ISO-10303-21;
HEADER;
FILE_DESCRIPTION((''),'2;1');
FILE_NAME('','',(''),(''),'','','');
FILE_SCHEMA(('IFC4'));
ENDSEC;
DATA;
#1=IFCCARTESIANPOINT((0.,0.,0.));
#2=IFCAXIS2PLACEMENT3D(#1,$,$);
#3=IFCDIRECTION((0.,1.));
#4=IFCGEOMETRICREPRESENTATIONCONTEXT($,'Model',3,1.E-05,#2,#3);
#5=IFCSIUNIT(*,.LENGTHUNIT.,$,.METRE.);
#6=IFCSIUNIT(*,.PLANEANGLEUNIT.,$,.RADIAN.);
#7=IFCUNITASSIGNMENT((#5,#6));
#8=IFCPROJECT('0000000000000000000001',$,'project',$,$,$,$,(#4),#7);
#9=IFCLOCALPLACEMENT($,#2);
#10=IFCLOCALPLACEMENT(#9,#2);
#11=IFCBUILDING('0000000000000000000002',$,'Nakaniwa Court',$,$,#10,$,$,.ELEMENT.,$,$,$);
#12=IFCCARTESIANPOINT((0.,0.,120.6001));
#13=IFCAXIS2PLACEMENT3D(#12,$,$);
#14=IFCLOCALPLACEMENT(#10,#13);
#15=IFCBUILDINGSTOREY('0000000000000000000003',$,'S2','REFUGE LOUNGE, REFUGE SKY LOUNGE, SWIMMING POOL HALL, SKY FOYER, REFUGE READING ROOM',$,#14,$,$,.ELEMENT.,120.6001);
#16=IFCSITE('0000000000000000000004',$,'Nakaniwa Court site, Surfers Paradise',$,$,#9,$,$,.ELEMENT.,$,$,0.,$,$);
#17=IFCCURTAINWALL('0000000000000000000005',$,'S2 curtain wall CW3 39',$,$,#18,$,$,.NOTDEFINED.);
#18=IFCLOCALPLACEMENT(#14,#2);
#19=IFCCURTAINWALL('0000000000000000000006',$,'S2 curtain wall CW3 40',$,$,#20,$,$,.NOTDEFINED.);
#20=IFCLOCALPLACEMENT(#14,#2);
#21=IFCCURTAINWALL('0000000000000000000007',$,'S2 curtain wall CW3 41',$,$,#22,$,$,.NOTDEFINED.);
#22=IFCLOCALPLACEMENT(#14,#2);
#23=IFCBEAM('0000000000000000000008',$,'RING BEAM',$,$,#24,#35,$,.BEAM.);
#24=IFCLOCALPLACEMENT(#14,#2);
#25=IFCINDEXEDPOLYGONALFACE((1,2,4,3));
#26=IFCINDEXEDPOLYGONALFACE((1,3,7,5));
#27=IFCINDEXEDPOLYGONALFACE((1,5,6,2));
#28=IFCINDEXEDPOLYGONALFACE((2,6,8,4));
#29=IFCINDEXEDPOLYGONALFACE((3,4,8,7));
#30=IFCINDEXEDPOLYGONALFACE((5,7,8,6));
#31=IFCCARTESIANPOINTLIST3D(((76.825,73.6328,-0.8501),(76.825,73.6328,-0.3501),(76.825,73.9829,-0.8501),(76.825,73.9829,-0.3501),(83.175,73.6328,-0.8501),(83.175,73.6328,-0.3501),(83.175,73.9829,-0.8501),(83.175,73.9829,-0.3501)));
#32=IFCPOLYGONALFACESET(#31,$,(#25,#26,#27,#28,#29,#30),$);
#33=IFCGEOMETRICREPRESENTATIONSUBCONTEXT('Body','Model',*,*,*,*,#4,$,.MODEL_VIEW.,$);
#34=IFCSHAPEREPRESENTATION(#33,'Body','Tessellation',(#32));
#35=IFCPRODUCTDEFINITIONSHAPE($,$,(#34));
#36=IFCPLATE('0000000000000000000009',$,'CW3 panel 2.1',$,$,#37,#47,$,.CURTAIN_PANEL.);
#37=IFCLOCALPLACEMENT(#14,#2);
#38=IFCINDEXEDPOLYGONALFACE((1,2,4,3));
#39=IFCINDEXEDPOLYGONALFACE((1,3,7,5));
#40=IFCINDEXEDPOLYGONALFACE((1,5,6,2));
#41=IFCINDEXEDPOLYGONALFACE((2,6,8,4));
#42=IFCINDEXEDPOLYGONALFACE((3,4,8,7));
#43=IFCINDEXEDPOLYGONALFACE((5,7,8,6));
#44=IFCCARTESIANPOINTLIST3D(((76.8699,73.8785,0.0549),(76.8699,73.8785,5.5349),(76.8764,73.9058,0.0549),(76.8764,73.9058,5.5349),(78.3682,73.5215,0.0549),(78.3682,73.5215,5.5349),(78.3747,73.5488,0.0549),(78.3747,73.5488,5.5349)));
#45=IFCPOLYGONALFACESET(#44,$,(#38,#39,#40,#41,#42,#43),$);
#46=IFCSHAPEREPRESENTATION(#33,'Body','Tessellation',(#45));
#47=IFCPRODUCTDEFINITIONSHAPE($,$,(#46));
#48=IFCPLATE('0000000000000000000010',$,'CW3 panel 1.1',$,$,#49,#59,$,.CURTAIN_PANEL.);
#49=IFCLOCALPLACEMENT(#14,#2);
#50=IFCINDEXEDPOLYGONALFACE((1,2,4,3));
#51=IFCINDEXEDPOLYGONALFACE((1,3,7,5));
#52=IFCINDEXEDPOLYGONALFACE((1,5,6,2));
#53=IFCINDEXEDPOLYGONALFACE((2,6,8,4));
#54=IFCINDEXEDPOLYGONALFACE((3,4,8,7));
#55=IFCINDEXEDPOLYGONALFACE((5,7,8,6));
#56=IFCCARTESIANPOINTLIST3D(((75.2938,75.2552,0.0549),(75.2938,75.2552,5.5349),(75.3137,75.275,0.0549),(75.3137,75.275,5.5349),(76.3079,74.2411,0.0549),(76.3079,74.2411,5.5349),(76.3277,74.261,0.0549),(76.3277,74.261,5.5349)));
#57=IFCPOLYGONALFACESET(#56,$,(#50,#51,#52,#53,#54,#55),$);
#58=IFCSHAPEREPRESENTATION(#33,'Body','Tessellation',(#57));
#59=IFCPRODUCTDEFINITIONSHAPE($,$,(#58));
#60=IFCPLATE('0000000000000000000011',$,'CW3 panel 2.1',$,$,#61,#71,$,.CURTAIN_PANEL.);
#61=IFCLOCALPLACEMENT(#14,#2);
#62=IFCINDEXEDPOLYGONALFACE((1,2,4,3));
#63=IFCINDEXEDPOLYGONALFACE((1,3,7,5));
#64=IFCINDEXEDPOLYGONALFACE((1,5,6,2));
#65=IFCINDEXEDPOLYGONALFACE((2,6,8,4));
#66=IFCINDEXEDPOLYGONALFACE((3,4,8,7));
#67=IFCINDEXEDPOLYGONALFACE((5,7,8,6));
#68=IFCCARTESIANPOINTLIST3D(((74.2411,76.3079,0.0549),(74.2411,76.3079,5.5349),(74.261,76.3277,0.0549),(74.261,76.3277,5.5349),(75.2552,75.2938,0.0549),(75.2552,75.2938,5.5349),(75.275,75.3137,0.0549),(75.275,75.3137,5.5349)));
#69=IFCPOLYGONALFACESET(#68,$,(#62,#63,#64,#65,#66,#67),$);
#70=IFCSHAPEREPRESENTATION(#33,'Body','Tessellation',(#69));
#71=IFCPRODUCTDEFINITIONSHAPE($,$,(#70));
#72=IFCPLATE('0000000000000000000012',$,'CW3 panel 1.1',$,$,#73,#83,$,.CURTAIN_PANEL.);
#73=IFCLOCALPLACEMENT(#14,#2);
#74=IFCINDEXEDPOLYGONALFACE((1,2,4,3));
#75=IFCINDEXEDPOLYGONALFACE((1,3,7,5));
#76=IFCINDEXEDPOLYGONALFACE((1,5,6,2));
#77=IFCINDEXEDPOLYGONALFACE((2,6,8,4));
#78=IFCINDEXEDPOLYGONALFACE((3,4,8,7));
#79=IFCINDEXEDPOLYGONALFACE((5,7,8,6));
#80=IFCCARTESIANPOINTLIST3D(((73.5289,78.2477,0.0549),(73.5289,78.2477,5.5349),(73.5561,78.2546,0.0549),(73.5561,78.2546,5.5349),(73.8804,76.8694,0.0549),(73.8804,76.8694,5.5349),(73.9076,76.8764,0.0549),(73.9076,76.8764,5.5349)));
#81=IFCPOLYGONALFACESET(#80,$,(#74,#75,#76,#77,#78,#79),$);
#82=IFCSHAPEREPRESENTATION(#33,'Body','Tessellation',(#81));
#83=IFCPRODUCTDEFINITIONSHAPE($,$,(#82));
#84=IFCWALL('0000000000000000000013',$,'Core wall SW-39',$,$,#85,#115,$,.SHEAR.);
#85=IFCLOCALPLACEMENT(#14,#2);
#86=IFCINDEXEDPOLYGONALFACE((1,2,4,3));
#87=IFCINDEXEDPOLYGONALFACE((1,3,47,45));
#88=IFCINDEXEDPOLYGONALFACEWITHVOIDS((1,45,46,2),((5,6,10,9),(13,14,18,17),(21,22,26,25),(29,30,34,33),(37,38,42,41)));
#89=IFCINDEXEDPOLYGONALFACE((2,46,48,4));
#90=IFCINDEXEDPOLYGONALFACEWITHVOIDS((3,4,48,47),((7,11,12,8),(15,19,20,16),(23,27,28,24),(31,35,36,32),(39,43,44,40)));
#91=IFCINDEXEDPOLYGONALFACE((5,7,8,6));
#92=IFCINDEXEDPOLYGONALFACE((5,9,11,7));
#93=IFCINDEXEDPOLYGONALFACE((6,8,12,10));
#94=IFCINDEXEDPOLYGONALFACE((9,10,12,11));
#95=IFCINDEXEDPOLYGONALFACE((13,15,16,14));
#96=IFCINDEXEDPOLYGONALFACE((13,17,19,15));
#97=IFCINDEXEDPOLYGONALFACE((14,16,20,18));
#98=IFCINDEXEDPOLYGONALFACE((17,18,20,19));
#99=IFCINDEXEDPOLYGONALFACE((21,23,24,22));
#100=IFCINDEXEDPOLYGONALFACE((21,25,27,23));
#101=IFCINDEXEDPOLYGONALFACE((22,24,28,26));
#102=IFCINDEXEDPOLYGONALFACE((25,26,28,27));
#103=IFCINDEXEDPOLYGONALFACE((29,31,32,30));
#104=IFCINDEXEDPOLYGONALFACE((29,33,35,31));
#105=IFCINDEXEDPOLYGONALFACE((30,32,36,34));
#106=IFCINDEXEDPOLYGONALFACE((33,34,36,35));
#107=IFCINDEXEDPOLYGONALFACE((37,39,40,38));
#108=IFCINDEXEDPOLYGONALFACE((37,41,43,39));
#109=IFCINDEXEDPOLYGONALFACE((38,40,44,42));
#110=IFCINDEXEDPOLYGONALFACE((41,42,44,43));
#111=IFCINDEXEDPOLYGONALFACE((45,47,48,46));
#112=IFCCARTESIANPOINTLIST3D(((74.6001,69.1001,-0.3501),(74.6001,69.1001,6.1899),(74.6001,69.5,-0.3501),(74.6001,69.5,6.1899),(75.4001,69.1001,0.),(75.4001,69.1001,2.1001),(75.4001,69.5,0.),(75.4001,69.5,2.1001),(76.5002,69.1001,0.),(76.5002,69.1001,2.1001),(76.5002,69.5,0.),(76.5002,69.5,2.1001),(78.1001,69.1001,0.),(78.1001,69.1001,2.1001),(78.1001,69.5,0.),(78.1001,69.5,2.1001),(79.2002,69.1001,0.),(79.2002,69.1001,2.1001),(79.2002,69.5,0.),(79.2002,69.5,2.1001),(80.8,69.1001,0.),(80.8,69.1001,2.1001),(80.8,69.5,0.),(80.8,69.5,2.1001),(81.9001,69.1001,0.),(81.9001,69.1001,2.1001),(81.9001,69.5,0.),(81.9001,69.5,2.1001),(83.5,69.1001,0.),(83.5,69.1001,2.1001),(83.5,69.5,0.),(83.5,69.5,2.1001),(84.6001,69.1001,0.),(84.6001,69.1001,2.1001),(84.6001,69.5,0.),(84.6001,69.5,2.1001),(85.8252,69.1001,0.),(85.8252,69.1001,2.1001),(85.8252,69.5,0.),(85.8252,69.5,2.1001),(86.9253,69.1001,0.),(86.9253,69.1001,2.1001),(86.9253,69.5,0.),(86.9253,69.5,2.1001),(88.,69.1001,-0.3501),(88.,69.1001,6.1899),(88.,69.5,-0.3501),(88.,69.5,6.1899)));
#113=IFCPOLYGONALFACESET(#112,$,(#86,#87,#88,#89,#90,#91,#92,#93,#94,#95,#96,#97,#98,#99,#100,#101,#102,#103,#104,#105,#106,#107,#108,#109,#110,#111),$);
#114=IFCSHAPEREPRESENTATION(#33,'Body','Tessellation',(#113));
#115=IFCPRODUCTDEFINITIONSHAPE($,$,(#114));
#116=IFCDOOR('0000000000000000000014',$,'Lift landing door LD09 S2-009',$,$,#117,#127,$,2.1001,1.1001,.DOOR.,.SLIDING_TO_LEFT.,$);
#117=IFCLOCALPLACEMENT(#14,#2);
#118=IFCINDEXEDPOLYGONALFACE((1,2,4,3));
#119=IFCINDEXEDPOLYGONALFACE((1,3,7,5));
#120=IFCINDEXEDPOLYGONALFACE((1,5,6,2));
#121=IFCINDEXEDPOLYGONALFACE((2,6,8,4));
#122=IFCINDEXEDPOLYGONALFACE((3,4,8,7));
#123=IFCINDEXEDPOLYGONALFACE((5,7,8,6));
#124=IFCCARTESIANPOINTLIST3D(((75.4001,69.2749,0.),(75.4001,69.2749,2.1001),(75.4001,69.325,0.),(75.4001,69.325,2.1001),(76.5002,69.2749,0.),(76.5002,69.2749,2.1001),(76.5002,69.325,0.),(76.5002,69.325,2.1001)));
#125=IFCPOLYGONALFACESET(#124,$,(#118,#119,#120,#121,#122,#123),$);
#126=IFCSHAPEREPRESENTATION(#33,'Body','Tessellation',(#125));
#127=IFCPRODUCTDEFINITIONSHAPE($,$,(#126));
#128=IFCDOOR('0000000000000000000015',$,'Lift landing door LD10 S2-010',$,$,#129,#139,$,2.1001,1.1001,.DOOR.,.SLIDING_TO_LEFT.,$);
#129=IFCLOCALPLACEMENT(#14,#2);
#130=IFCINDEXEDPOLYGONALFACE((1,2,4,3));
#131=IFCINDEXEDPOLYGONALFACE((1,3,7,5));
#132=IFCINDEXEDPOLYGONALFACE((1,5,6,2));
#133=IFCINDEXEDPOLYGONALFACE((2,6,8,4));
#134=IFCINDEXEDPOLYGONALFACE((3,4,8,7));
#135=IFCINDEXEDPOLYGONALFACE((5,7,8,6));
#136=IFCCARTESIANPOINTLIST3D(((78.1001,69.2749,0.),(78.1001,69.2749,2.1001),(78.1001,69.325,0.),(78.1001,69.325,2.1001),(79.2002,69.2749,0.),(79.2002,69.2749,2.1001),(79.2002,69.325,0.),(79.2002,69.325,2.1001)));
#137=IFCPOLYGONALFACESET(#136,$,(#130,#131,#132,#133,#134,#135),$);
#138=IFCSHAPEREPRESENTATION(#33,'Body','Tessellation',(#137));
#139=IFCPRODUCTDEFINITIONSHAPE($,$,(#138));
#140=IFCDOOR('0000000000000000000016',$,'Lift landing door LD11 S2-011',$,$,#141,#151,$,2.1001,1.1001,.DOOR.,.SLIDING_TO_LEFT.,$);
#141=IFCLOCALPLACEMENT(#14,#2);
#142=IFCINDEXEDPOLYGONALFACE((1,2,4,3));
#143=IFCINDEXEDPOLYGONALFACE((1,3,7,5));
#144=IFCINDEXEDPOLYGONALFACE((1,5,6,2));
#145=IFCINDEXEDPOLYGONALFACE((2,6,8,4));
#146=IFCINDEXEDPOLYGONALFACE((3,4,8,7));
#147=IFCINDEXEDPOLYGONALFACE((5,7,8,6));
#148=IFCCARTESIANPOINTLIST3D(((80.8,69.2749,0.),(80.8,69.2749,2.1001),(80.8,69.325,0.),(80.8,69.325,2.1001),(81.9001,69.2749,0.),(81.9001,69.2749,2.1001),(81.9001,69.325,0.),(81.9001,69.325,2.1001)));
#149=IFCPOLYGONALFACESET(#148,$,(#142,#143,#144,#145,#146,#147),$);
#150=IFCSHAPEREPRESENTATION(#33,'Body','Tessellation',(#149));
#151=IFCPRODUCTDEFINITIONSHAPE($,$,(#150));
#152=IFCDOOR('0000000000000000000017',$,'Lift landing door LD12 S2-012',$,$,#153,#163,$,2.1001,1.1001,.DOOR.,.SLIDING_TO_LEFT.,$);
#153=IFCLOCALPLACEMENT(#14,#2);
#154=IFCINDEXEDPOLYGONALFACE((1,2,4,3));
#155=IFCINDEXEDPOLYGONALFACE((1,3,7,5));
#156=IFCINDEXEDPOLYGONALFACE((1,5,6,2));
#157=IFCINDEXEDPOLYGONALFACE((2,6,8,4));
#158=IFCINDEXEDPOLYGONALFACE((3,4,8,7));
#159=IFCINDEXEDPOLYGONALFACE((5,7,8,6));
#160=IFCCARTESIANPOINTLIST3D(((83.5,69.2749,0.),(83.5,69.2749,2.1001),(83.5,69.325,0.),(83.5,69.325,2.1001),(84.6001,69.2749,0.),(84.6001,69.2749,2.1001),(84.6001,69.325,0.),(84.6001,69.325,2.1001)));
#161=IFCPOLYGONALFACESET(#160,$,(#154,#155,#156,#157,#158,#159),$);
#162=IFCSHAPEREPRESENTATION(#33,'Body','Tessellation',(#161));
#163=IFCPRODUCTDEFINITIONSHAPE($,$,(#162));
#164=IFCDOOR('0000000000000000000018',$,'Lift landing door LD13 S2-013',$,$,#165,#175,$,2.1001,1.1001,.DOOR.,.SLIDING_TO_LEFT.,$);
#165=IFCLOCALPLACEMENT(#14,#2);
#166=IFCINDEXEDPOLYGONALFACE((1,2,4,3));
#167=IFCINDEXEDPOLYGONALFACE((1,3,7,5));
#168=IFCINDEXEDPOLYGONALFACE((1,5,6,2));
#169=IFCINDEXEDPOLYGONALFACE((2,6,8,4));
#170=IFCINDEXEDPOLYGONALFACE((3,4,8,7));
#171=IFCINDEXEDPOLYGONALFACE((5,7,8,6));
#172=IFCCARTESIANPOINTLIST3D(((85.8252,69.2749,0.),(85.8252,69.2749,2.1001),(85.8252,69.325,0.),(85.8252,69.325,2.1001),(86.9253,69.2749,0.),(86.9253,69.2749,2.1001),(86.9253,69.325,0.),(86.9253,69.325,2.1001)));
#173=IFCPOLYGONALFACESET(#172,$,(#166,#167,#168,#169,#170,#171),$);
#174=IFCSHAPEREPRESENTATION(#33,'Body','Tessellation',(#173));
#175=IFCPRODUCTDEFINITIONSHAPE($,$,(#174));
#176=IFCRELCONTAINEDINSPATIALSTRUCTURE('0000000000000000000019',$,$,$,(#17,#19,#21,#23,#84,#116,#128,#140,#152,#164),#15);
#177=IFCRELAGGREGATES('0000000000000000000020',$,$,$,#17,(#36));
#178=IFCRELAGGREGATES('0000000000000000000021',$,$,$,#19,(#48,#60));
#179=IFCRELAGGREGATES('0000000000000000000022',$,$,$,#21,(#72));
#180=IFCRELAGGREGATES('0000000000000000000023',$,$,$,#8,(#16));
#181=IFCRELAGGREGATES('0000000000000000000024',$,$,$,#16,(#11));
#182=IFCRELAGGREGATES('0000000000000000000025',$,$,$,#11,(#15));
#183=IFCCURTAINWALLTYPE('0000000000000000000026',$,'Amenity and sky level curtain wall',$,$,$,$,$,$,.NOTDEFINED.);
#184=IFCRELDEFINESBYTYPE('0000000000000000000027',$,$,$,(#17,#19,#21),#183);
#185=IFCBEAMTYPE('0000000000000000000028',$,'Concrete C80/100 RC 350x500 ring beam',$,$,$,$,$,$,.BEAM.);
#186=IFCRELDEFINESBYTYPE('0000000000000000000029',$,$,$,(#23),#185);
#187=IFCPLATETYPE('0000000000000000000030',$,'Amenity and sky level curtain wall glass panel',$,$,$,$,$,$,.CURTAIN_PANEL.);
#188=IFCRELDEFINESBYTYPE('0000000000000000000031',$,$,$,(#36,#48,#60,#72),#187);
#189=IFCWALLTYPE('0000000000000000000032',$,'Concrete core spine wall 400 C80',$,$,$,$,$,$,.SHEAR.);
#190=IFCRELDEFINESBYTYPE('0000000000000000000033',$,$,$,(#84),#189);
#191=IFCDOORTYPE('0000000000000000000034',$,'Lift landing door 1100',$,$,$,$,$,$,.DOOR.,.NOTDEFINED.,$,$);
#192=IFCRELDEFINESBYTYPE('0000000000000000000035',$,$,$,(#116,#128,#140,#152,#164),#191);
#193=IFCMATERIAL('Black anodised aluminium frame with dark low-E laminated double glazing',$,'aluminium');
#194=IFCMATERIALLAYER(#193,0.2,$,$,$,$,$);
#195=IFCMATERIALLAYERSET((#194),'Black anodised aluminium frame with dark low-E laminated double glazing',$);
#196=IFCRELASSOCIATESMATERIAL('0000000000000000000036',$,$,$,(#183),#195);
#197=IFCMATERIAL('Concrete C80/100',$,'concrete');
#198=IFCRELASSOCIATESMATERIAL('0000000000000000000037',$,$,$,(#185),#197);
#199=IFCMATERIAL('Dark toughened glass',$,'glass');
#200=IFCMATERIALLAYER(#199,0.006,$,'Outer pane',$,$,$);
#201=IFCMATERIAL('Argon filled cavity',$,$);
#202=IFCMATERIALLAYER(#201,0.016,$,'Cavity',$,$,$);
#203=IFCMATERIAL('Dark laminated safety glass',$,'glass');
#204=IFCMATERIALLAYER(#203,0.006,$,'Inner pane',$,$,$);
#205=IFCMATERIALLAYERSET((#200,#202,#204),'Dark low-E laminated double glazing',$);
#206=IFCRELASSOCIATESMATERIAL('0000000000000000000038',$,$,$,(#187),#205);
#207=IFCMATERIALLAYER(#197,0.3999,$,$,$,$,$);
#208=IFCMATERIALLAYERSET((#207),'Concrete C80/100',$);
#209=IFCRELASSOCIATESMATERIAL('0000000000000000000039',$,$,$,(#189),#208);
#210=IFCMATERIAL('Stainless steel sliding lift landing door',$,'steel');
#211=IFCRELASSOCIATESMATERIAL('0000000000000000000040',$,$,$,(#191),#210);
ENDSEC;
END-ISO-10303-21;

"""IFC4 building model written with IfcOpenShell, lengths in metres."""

from ifc_helpers import new_model, si_unit, direction, frame, frame_2d, origin, origin_2d, place, context, subcontext, project, spatial, rectangle, extrude, material, layer, layer_set, material_profile, profile_set, type_object, element, fill, aggregate, save


model = new_model("IFC4")

# Units and contexts
model_context = context("Model", 3, precision=1e-05, world=origin(), true_north=direction((0.0, 1.0)))
body_context = subcontext(model_context, "Body", "Model", "MODEL_VIEW")
ifc_project = project(units=[si_unit("LENGTHUNIT", "METRE"), si_unit("PLANEANGLEUNIT", "RADIAN")], contexts=[model_context])

# Site, building, storey
site_placement = place(None, origin())
site = spatial("IfcSite", under=ifc_project, at=site_placement, Name="Nakaniwa Court site, Surfers Paradise", CompositionType="ELEMENT", RefElevation=0.0)
building_placement = place(site_placement, origin())
building = spatial("IfcBuilding", under=site, at=building_placement, Name="Nakaniwa Court", CompositionType="ELEMENT")
storey_placement = place(building_placement, frame((0.0, 0.0, 120.6001)))
storey = spatial("IfcBuildingStorey", under=building, at=storey_placement, Name="S2", Description="REFUGE LOUNGE, REFUGE SKY LOUNGE, SWIMMING POOL HALL, SKY FOYER, REFUGE READING ROOM", CompositionType="ELEMENT", Elevation=120.6001)

# Shared definitions
ifc_material_1 = material(Name="Concrete C80/100", Category="concrete")

# Curtain wall
ifc_material_2 = material(Name="Black anodised aluminium frame with dark low-E laminated double glazing", Category="aluminium")
ifc_layer_1 = layer(ifc_material_2, 0.2)
ifc_layer_set_1 = layer_set([ifc_layer_1], Name="Black anodised aluminium frame with dark low-E laminated double glazing")
curtain_wall_type = type_object("IfcCurtainWallType", Name="Amenity and sky level curtain wall", PredefinedType="NOTDEFINED", material=ifc_layer_set_1)
curtain_wall_1_placement = place(storey_placement, origin())
curtain_wall_1 = element("IfcCurtainWall", 1, at=curtain_wall_1_placement, inside=storey, type_object=curtain_wall_type, Name="S2 curtain wall CW3 39", PredefinedType="NOTDEFINED")

# Curtain walls
curtain_wall_2_placement = place(storey_placement, origin())
curtain_wall_2 = element("IfcCurtainWall", 2, at=curtain_wall_2_placement, inside=storey, type_object=curtain_wall_type, Name="S2 curtain wall CW3 40", PredefinedType="NOTDEFINED")
curtain_wall_3_placement = place(storey_placement, origin())
curtain_wall_3 = element("IfcCurtainWall", 3, at=curtain_wall_3_placement, inside=storey, type_object=curtain_wall_type, Name="S2 curtain wall CW3 41", PredefinedType="NOTDEFINED")

# Beam
ifc_material_profile_1 = material_profile(ifc_material_1, rectangle(XDim=0.3501, YDim=0.5, at=origin_2d()), Name="Concrete C80/100 RC 350x500 ring beam")
ifc_profile_set_1 = profile_set([ifc_material_profile_1], Name="Concrete C80/100")
beam_type = type_object("IfcBeamType", Name="Concrete C80/100 RC 350x500 ring beam", PredefinedType="BEAM", material=ifc_profile_set_1)
beam_1_placement = place(storey_placement, frame((76.825, 73.8079, -0.6001), z_axis=(1.0, 0.0, 0.0), x_axis=(0.0, 1.0, 0.0)))
element("IfcBeam", 4, at=beam_1_placement, inside=storey, type_object=beam_type, Name="RING BEAM", PredefinedType="BEAM", context=body_context, shape_type="SweptSolid", body=[
    extrude(rectangle(XDim=0.3501, YDim=0.5, at=origin_2d()), origin(), (0.0, 0.0, 1.0), 6.3501),
])

# Plates
ifc_material_3 = material(Name="Dark toughened glass", Category="glass")
ifc_layer_2 = layer(ifc_material_3, 0.006, Name="Outer pane")
ifc_material_4 = material(Name="Argon filled cavity")
ifc_layer_3 = layer(ifc_material_4, 0.016, Name="Cavity")
ifc_material_5 = material(Name="Dark laminated safety glass", Category="glass")
ifc_layer_4 = layer(ifc_material_5, 0.006, Name="Inner pane")
ifc_layer_set_2 = layer_set([ifc_layer_2, ifc_layer_3, ifc_layer_4], Name="Dark low-E laminated double glazing")
plate_type = type_object("IfcPlateType", Name="Amenity and sky level curtain wall glass panel", PredefinedType="CURTAIN_PANEL", material=ifc_layer_set_2)
plate_1_placement = place(storey_placement, frame((77.6223, 73.7136, 0.0549), z_axis=(0.0, 0.0, 1.0), x_axis=(-0.972766, 0.231791, 0.0)))
plate_1 = element("IfcPlate", 5, at=plate_1_placement, type_object=plate_type, Name="CW3 panel 2.1", PredefinedType="CURTAIN_PANEL", context=body_context, shape_type="SweptSolid", body=[
    extrude(rectangle(XDim=1.5403, YDim=0.0281, at=origin_2d()), origin(), (0.0, 0.0, 1.0), 5.48),
])
aggregate(curtain_wall_1, [plate_1])
plate_2_placement = place(storey_placement, frame((75.8108, 74.7581, 0.0549), z_axis=(0.0, 0.0, 1.0), x_axis=(-0.707107, 0.707107, 0.0)))
plate_2 = element("IfcPlate", 6, at=plate_2_placement, type_object=plate_type, Name="CW3 panel 1.1", PredefinedType="CURTAIN_PANEL", context=body_context, shape_type="SweptSolid", body=[
    extrude(rectangle(XDim=1.4341, YDim=0.0281, at=origin_2d()), origin(), (0.0, 0.0, 1.0), 5.48),
])
plate_3_placement = place(storey_placement, frame((74.7581, 75.8108, 0.0549), z_axis=(0.0, 0.0, 1.0), x_axis=(-0.707107, 0.707107, 0.0)))
plate_3 = element("IfcPlate", 7, at=plate_3_placement, type_object=plate_type, Name="CW3 panel 2.1", PredefinedType="CURTAIN_PANEL", context=body_context, shape_type="SweptSolid", body=[
    extrude(rectangle(XDim=1.4341, YDim=0.0281, at=origin_2d()), origin(), (0.0, 0.0, 1.0), 5.48),
])
aggregate(curtain_wall_2, [plate_2, plate_3])
plate_4_placement = place(storey_placement, frame((73.7183, 77.562, 0.0549), z_axis=(0.0, 0.0, 1.0), x_axis=(-0.247114, 0.968986, 0.0)))
plate_4 = element("IfcPlate", 8, at=plate_4_placement, type_object=plate_type, Name="CW3 panel 1.1", PredefinedType="CURTAIN_PANEL", context=body_context, shape_type="SweptSolid", body=[
    extrude(rectangle(XDim=1.4224, YDim=0.0281, at=origin_2d()), origin(), (0.0, 0.0, 1.0), 5.48),
])
aggregate(curtain_wall_3, [plate_4])

# Wall, openings, doors
ifc_layer_5 = layer(ifc_material_1, 0.3999)
ifc_layer_set_3 = layer_set([ifc_layer_5], Name="Concrete C80/100")
wall_type_1 = type_object("IfcWallType", Name="Concrete core spine wall 400 C80", PredefinedType="SHEAR", material=ifc_layer_set_3)
wall_placement = place(storey_placement, frame((74.6001, 69.3, -0.3501), z_axis=(0.0, 0.0, 1.0), x_axis=(1.0, 0.0, 0.0)))
wall = element("IfcWall", 9, at=wall_placement, inside=storey, type_object=wall_type_1, Name="Core wall SW-39", PredefinedType="SHEAR", context=body_context, shape_type="SweptSolid", body=[
    extrude(rectangle(XDim=13.3999, YDim=0.3999, at=frame_2d((6.7, 0.0))), origin(), (0.0, 0.0, 1.0), 6.54),
])
opening_1_placement = place(wall_placement, frame((0.8, 0.0, 0.3501)))
opening_1 = element("IfcOpeningElement", 10, at=opening_1_placement, cuts=wall, PredefinedType="OPENING", context=body_context, shape_type="SweptSolid", body=[
    extrude(rectangle(XDim=1.1001, YDim=2.1001, at=frame_2d((0.55, 1.05))), frame((0.0, 0.21, 0.0), z_axis=(0.0, -1.0, 0.0), x_axis=(1.0, 0.0, 0.0)), (0.0, 0.0, 1.0), 0.4199),
])
opening_2_placement = place(wall_placement, frame((3.5, 0.0, 0.3501)))
opening_2 = element("IfcOpeningElement", 11, at=opening_2_placement, cuts=wall, PredefinedType="OPENING", context=body_context, shape_type="SweptSolid", body=[
    extrude(rectangle(XDim=1.1001, YDim=2.1001, at=frame_2d((0.55, 1.05))), frame((0.0, 0.21, 0.0), z_axis=(0.0, -1.0, 0.0), x_axis=(1.0, 0.0, 0.0)), (0.0, 0.0, 1.0), 0.4199),
])
opening_3_placement = place(wall_placement, frame((6.2, 0.0, 0.3501)))
opening_3 = element("IfcOpeningElement", 12, at=opening_3_placement, cuts=wall, PredefinedType="OPENING", context=body_context, shape_type="SweptSolid", body=[
    extrude(rectangle(XDim=1.1001, YDim=2.1001, at=frame_2d((0.55, 1.05))), frame((0.0, 0.21, 0.0), z_axis=(0.0, -1.0, 0.0), x_axis=(1.0, 0.0, 0.0)), (0.0, 0.0, 1.0), 0.4199),
])
opening_4_placement = place(wall_placement, frame((8.8999, 0.0, 0.3501)))
opening_4 = element("IfcOpeningElement", 13, at=opening_4_placement, cuts=wall, PredefinedType="OPENING", context=body_context, shape_type="SweptSolid", body=[
    extrude(rectangle(XDim=1.1001, YDim=2.1001, at=frame_2d((0.55, 1.05))), frame((0.0, 0.21, 0.0), z_axis=(0.0, -1.0, 0.0), x_axis=(1.0, 0.0, 0.0)), (0.0, 0.0, 1.0), 0.4199),
])
opening_5_placement = place(wall_placement, frame((11.2251, 0.0, 0.3501)))
opening_5 = element("IfcOpeningElement", 14, at=opening_5_placement, cuts=wall, PredefinedType="OPENING", context=body_context, shape_type="SweptSolid", body=[
    extrude(rectangle(XDim=1.1001, YDim=2.1001, at=frame_2d((0.55, 1.05))), frame((0.0, 0.21, 0.0), z_axis=(0.0, -1.0, 0.0), x_axis=(1.0, 0.0, 0.0)), (0.0, 0.0, 1.0), 0.4199),
])
ifc_material_6 = material(Name="Stainless steel sliding lift landing door", Category="steel")
door_type = type_object("IfcDoorType", Name="Lift landing door 1100", OperationType="NOTDEFINED", PredefinedType="DOOR", material=ifc_material_6)
door_1_placement = place(opening_1_placement, origin())
door_1 = element("IfcDoor", 15, at=door_1_placement, inside=storey, type_object=door_type, Name="Lift landing door LD09 S2-009", OperationType="SLIDING_TO_LEFT", OverallHeight=2.1001, OverallWidth=1.1001, PredefinedType="DOOR", context=body_context, shape_type="SweptSolid", body=[
    extrude(rectangle(XDim=1.1001, YDim=2.1001, at=frame_2d((0.55, 1.05))), frame((0.0, 0.0249, 0.0), z_axis=(0.0, -1.0, 0.0), x_axis=(1.0, 0.0, 0.0)), (0.0, 0.0, 1.0), 0.05),
])
fill(opening_1, door_1)
door_2_placement = place(opening_2_placement, origin())
door_2 = element("IfcDoor", 16, at=door_2_placement, inside=storey, type_object=door_type, Name="Lift landing door LD10 S2-010", OperationType="SLIDING_TO_LEFT", OverallHeight=2.1001, OverallWidth=1.1001, PredefinedType="DOOR", context=body_context, shape_type="SweptSolid", body=[
    extrude(rectangle(XDim=1.1001, YDim=2.1001, at=frame_2d((0.55, 1.05))), frame((0.0, 0.0249, 0.0), z_axis=(0.0, -1.0, 0.0), x_axis=(1.0, 0.0, 0.0)), (0.0, 0.0, 1.0), 0.05),
])
fill(opening_2, door_2)
door_3_placement = place(opening_3_placement, origin())
door_3 = element("IfcDoor", 17, at=door_3_placement, inside=storey, type_object=door_type, Name="Lift landing door LD11 S2-011", OperationType="SLIDING_TO_LEFT", OverallHeight=2.1001, OverallWidth=1.1001, PredefinedType="DOOR", context=body_context, shape_type="SweptSolid", body=[
    extrude(rectangle(XDim=1.1001, YDim=2.1001, at=frame_2d((0.55, 1.05))), frame((0.0, 0.0249, 0.0), z_axis=(0.0, -1.0, 0.0), x_axis=(1.0, 0.0, 0.0)), (0.0, 0.0, 1.0), 0.05),
])
fill(opening_3, door_3)
door_4_placement = place(opening_4_placement, origin())
door_4 = element("IfcDoor", 18, at=door_4_placement, inside=storey, type_object=door_type, Name="Lift landing door LD12 S2-012", OperationType="SLIDING_TO_LEFT", OverallHeight=2.1001, OverallWidth=1.1001, PredefinedType="DOOR", context=body_context, shape_type="SweptSolid", body=[
    extrude(rectangle(XDim=1.1001, YDim=2.1001, at=frame_2d((0.55, 1.05))), frame((0.0, 0.0249, 0.0), z_axis=(0.0, -1.0, 0.0), x_axis=(1.0, 0.0, 0.0)), (0.0, 0.0, 1.0), 0.05),
])
fill(opening_4, door_4)
door_5_placement = place(opening_5_placement, origin())
door_5 = element("IfcDoor", 19, at=door_5_placement, inside=storey, type_object=door_type, Name="Lift landing door LD13 S2-013", OperationType="SLIDING_TO_LEFT", OverallHeight=2.1001, OverallWidth=1.1001, PredefinedType="DOOR", context=body_context, shape_type="SweptSolid", body=[
    extrude(rectangle(XDim=1.1001, YDim=2.1001, at=frame_2d((0.55, 1.05))), frame((0.0, 0.0249, 0.0), z_axis=(0.0, -1.0, 0.0), x_axis=(1.0, 0.0, 0.0)), (0.0, 0.0, 1.0), 0.05),
])
fill(opening_5, door_5)

save(model, "model.ifc")
